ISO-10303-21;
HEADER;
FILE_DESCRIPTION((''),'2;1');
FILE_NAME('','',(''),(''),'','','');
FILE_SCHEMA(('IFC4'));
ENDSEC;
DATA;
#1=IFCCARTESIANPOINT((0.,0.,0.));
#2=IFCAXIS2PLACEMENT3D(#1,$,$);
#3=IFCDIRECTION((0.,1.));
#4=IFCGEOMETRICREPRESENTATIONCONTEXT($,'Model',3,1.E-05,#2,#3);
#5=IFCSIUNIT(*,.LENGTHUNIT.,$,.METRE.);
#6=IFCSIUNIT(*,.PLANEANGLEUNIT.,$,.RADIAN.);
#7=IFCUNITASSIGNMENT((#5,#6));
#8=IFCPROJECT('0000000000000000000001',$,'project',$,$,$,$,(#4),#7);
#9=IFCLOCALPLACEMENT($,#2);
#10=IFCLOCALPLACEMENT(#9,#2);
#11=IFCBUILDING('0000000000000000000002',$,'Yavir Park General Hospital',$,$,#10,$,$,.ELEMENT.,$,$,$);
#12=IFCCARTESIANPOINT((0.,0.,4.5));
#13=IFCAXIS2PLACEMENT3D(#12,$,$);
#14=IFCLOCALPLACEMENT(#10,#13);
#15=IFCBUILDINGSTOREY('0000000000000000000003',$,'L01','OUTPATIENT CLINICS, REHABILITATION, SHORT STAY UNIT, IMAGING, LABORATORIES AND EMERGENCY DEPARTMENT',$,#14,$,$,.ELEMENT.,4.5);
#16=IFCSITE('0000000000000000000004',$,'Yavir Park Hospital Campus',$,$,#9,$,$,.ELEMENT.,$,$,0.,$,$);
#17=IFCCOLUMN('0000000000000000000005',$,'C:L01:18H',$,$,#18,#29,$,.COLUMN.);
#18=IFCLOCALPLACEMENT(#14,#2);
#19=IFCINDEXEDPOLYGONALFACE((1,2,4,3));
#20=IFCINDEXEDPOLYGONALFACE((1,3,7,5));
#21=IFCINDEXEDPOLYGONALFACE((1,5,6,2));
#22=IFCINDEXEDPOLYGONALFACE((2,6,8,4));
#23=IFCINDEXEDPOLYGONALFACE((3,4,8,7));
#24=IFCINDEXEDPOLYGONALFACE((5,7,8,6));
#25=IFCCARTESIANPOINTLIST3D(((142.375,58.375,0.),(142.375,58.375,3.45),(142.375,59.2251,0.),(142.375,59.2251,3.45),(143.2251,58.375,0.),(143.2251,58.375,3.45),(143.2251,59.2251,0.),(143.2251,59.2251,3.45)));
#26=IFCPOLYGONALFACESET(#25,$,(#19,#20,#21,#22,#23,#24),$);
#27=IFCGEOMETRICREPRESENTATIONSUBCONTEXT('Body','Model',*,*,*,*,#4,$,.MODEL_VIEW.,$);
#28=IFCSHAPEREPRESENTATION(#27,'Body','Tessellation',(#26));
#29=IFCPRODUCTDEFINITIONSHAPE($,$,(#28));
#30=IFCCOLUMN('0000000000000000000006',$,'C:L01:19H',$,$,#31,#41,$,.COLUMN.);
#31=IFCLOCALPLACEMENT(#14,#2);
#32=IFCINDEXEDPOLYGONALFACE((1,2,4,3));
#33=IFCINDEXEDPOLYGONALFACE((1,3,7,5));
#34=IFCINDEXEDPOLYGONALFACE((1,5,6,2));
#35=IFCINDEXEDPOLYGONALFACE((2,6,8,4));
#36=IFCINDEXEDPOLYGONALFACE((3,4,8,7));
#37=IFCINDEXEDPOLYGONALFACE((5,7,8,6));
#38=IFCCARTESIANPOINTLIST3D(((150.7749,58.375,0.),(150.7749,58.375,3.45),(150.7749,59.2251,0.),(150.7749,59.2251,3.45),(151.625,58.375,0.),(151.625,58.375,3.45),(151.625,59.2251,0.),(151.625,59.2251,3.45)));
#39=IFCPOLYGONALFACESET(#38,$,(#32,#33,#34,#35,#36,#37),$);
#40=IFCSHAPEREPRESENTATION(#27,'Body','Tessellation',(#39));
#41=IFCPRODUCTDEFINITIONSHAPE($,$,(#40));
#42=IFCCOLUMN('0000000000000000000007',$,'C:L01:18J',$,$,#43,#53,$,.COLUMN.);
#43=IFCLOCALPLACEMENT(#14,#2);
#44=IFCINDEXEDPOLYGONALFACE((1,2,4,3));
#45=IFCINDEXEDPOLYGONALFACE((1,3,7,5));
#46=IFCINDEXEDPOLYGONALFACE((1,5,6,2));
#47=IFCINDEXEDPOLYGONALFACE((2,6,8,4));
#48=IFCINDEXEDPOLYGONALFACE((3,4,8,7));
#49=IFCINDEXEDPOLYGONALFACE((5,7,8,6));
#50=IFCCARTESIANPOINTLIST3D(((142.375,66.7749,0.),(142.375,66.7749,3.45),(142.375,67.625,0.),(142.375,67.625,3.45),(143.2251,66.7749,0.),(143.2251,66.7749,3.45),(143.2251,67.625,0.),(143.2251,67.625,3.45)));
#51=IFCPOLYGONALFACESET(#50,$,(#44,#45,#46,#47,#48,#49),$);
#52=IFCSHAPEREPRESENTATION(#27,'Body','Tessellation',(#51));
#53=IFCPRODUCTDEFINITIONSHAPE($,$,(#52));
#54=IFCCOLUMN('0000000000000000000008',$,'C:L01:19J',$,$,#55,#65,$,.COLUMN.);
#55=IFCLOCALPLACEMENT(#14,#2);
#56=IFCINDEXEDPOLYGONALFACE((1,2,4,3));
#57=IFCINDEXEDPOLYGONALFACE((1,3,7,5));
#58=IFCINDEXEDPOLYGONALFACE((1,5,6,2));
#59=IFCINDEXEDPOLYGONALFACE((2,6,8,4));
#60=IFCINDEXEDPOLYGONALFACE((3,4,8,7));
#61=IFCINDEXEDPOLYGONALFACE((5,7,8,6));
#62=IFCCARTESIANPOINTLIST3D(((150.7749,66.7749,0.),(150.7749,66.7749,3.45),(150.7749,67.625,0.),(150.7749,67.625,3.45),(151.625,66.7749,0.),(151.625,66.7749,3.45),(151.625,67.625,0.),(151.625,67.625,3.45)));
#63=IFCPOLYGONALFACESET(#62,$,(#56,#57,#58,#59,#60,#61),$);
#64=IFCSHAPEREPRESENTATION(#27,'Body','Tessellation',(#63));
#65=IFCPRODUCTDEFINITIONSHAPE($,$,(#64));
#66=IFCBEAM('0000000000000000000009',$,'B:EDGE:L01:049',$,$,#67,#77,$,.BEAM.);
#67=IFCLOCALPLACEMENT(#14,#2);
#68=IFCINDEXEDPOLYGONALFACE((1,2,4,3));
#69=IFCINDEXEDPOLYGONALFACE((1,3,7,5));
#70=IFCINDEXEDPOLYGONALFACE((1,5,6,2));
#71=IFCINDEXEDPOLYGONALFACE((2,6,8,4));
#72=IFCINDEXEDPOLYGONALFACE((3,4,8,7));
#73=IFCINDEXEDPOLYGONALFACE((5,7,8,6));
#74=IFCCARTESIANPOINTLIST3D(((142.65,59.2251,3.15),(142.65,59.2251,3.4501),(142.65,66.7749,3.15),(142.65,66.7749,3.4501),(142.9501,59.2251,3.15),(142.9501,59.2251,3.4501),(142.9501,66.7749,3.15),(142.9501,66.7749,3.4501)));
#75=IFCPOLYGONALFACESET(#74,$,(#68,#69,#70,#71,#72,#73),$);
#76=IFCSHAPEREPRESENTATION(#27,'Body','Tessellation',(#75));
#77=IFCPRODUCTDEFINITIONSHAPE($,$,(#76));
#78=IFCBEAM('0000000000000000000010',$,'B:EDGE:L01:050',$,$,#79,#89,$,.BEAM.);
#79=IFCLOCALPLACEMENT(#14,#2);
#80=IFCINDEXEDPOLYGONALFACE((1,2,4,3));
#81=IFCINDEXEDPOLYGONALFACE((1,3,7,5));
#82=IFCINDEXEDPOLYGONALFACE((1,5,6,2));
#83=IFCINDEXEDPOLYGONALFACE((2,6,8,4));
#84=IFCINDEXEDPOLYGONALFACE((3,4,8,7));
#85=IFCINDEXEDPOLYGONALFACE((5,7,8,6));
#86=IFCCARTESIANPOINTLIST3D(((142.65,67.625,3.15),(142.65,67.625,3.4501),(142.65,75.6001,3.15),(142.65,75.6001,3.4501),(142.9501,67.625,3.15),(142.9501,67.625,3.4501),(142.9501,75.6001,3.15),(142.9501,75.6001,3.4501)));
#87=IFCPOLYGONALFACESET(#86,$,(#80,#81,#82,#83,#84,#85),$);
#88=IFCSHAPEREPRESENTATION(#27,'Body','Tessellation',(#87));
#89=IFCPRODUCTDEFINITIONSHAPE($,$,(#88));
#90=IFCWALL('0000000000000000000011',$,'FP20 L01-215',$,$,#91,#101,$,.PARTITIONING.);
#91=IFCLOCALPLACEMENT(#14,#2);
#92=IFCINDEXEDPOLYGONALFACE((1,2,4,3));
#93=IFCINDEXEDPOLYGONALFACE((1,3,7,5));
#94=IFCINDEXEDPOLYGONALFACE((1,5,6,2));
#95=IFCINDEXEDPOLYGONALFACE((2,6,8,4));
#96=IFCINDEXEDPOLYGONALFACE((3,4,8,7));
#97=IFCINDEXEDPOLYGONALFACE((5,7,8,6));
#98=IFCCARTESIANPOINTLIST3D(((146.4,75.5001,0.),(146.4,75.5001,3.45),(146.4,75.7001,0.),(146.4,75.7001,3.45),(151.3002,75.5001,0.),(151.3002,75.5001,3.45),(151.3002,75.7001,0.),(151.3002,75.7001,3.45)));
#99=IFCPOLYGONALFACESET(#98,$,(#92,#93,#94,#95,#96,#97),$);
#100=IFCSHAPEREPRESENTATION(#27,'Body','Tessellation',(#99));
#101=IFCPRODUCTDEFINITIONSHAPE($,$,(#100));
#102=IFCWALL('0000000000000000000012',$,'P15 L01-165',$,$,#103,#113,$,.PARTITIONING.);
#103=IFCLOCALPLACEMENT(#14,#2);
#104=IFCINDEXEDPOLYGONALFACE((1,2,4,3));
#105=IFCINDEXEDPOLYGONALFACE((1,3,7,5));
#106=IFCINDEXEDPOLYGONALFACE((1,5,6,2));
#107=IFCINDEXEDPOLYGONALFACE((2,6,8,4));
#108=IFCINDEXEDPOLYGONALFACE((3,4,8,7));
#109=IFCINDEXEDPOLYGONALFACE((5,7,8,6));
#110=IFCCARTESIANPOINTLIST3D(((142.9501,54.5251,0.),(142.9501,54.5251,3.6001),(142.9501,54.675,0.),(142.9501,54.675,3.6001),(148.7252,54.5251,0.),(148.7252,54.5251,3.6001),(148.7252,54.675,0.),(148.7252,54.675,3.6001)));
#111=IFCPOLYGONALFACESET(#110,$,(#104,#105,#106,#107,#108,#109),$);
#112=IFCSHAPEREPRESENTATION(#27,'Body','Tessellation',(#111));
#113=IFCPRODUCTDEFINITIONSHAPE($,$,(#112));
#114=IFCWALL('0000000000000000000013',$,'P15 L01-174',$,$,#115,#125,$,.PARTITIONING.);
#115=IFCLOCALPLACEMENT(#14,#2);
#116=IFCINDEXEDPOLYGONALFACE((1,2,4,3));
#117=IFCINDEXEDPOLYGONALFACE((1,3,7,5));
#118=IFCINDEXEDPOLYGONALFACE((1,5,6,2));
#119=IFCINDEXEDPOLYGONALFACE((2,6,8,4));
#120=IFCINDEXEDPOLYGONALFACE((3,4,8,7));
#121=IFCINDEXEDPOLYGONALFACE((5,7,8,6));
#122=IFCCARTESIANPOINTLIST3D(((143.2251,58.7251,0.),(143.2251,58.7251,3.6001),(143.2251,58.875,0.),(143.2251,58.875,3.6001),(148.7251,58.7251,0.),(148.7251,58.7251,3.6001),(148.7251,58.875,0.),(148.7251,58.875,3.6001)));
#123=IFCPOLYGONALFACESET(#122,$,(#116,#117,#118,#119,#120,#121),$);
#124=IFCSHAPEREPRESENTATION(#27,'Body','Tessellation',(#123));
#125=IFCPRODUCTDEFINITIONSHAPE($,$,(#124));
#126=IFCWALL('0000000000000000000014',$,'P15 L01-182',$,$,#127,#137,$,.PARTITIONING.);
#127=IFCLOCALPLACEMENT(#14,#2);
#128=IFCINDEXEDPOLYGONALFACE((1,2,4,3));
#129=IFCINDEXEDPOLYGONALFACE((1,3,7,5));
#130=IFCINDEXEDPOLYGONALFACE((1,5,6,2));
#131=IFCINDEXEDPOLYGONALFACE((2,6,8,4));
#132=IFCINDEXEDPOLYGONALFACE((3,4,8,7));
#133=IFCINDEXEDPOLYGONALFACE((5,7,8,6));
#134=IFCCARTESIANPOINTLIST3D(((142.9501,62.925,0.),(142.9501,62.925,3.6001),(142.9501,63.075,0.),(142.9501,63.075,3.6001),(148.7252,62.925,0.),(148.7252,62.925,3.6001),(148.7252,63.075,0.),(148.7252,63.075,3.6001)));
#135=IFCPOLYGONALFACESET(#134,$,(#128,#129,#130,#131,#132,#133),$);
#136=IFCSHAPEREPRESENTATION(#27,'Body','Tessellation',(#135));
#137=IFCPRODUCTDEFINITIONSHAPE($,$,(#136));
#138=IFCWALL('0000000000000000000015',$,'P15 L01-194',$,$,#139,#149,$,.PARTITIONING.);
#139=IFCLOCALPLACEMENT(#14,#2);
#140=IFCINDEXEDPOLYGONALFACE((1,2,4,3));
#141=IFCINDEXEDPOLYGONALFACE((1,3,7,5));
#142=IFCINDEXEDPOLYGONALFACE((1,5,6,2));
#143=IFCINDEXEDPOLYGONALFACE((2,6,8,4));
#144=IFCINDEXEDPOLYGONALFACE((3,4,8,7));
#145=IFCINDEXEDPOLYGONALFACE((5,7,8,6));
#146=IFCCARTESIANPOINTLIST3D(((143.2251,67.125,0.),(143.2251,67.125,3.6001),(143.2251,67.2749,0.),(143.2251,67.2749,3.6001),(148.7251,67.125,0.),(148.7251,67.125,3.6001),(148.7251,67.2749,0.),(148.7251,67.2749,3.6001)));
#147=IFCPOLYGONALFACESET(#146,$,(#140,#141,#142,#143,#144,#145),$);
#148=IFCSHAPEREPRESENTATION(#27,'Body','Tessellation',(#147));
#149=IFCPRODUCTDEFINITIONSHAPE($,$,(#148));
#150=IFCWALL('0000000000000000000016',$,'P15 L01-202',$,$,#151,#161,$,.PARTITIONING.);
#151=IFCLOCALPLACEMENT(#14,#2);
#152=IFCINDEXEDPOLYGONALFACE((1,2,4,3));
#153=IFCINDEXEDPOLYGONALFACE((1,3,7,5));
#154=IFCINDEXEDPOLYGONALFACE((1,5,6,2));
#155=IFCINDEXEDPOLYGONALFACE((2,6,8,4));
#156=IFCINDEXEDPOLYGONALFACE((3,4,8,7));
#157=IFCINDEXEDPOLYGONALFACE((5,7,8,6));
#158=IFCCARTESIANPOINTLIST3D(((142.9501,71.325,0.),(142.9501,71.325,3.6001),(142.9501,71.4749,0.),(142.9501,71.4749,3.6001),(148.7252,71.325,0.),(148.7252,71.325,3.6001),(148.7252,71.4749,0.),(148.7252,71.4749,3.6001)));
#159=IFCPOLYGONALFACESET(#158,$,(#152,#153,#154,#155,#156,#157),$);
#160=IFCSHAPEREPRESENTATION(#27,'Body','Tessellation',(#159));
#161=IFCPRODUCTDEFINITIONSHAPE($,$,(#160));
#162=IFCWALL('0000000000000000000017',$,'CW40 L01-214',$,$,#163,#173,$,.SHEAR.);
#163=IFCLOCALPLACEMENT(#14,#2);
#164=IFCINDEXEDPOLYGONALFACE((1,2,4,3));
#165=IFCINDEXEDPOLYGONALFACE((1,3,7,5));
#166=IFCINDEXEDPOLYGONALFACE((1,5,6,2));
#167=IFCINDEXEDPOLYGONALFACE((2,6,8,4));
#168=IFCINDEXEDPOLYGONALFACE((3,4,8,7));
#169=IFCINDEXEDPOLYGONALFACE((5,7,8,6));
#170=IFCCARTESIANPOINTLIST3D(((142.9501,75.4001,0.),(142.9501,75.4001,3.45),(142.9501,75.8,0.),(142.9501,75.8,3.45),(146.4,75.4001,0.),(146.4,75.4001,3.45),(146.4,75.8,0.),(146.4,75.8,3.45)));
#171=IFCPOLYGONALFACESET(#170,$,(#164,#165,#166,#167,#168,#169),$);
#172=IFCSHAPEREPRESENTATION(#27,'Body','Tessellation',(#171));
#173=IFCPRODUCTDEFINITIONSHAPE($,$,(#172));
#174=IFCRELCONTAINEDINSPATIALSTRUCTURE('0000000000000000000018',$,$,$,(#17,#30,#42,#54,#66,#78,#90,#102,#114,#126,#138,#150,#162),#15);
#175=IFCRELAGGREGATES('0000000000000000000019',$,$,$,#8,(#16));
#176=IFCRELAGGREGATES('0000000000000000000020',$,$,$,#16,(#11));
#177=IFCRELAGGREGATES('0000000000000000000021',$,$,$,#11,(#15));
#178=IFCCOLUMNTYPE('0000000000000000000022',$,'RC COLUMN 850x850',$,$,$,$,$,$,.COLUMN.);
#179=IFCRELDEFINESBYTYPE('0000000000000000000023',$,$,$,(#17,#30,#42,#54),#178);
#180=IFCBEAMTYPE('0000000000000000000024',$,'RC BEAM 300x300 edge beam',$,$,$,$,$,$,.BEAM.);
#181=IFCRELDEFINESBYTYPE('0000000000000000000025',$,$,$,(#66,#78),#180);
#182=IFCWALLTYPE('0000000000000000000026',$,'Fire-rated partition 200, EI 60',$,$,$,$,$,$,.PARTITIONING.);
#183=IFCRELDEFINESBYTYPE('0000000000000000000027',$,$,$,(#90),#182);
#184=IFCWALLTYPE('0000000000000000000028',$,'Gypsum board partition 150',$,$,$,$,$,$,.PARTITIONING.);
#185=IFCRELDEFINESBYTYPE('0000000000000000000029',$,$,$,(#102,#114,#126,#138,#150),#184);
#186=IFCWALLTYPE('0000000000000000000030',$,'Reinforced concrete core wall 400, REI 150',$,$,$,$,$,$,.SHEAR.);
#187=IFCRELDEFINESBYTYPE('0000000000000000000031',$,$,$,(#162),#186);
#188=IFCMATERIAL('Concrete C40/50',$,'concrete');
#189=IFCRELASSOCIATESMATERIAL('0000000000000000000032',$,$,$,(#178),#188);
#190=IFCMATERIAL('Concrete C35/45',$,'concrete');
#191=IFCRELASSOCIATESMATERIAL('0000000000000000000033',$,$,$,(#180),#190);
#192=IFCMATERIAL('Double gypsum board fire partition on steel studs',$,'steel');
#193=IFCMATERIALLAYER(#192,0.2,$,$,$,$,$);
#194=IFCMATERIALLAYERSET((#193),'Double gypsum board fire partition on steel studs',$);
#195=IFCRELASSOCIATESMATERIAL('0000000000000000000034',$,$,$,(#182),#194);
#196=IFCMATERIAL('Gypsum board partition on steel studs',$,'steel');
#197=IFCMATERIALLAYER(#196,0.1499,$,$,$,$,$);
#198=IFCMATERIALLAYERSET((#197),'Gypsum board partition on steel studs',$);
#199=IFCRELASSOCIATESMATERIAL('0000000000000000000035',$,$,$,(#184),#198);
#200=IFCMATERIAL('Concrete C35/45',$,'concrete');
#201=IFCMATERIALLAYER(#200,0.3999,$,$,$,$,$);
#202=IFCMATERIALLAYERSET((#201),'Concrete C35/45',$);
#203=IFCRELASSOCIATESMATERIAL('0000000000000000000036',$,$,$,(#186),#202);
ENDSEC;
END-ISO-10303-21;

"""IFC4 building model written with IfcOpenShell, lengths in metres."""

from ifc_helpers import new_model, si_unit, direction, frame, frame_2d, origin, origin_2d, place, context, subcontext, project, spatial, rectangle, extrude, material, layer, layer_set, material_profile, profile_set, type_object, element, save


model = new_model("IFC4")

# Units and contexts
model_context = context("Model", 3, precision=1e-05, world=origin(), true_north=direction((0.0, 1.0)))
body_context = subcontext(model_context, "Body", "Model", "MODEL_VIEW")
ifc_project = project(units=[si_unit("LENGTHUNIT", "METRE"), si_unit("PLANEANGLEUNIT", "RADIAN")], contexts=[model_context])

# Site, building, storey
site_placement = place(None, origin())
site = spatial("IfcSite", under=ifc_project, at=site_placement, Name="Yavir Park Hospital Campus", CompositionType="ELEMENT", RefElevation=0.0)
building_placement = place(site_placement, origin())
building = spatial("IfcBuilding", under=site, at=building_placement, Name="Yavir Park General Hospital", CompositionType="ELEMENT")
storey_placement = place(building_placement, frame((0.0, 0.0, 4.5)))
storey = spatial("IfcBuildingStorey", under=building, at=storey_placement, Name="L01", Description="OUTPATIENT CLINICS, REHABILITATION, SHORT STAY UNIT, IMAGING, LABORATORIES AND EMERGENCY DEPARTMENT", CompositionType="ELEMENT", Elevation=4.5)

# Columns
ifc_material_1 = material(Name="Concrete C40/50", Category="concrete")
ifc_material_profile_1 = material_profile(ifc_material_1, rectangle(XDim=0.8501, YDim=0.8501, at=origin_2d()), Name="RC850x850")
ifc_profile_set_1 = profile_set([ifc_material_profile_1], Name="Concrete C40/50")
column_type = type_object("IfcColumnType", Name="RC COLUMN 850x850", PredefinedType="COLUMN", material=ifc_profile_set_1)
for number, where, z_axis, x_axis, name in (
    (1, (142.8, 58.8, 0.0), (0.0, 0.0, 1.0), (1.0, 0.0, 0.0), "C:L01:18H"),
    (2, (151.2, 58.8, 0.0), (0.0, 0.0, 1.0), (1.0, 0.0, 0.0), "C:L01:19H"),
    (3, (142.8, 67.2, 0.0), (0.0, 0.0, 1.0), (1.0, 0.0, 0.0), "C:L01:18J"),
    (4, (151.2, 67.2, 0.0), (0.0, 0.0, 1.0), (1.0, 0.0, 0.0), "C:L01:19J"),
):
    element("IfcColumn", number, at=place(storey_placement, frame(where, z_axis=z_axis, x_axis=x_axis)), inside=storey, type_object=column_type, Name=name, PredefinedType="COLUMN", context=body_context, shape_type="SweptSolid", body=[
        extrude(rectangle(XDim=0.8501, YDim=0.8501, at=origin_2d()), origin(), (0.0, 0.0, 1.0), 3.45),
    ])

# Beams
ifc_material_2 = material(Name="Concrete C35/45", Category="concrete")
ifc_material_profile_2 = material_profile(ifc_material_2, rectangle(XDim=0.3, YDim=0.3, at=origin_2d()), Name="RC300x300")
ifc_profile_set_2 = profile_set([ifc_material_profile_2], Name="Concrete C35/45")
beam_type = type_object("IfcBeamType", Name="RC BEAM 300x300 edge beam", PredefinedType="BEAM", material=ifc_profile_set_2)
beam_1_placement = place(storey_placement, frame((142.8, 59.2251, 3.3), z_axis=(0.0, 1.0, 0.0), x_axis=(-1.0, 0.0, 0.0)))
element("IfcBeam", 5, at=beam_1_placement, inside=storey, type_object=beam_type, Name="B:EDGE:L01:049", PredefinedType="BEAM", context=body_context, shape_type="SweptSolid", body=[
    extrude(rectangle(XDim=0.3, YDim=0.3, at=origin_2d()), origin(), (0.0, 0.0, 1.0), 7.5498),
])
beam_2_placement = place(storey_placement, frame((142.8, 67.625, 3.3), z_axis=(0.0, 1.0, 0.0), x_axis=(-1.0, 0.0, 0.0)))
element("IfcBeam", 6, at=beam_2_placement, inside=storey, type_object=beam_type, Name="B:EDGE:L01:050", PredefinedType="BEAM", context=body_context, shape_type="SweptSolid", body=[
    extrude(rectangle(XDim=0.3, YDim=0.3, at=origin_2d()), origin(), (0.0, 0.0, 1.0), 7.9751),
])

# Walls
ifc_material_3 = material(Name="Double gypsum board fire partition on steel studs", Category="steel")
ifc_layer_1 = layer(ifc_material_3, 0.2)
ifc_layer_set_1 = layer_set([ifc_layer_1], Name="Double gypsum board fire partition on steel studs")
wall_type_1 = type_object("IfcWallType", Name="Fire-rated partition 200, EI 60", PredefinedType="PARTITIONING", material=ifc_layer_set_1)
wall_1_placement = place(storey_placement, frame((146.3999, 75.6001, 0.0), z_axis=(0.0, 0.0, 1.0), x_axis=(1.0, 0.0, 0.0)))
element("IfcWall", 7, at=wall_1_placement, inside=storey, type_object=wall_type_1, Name="FP20 L01-215", PredefinedType="PARTITIONING", context=body_context, shape_type="SweptSolid", body=[
    extrude(rectangle(XDim=4.9001, YDim=0.2, at=frame_2d((2.4502, 0.0))), origin(), (0.0, 0.0, 1.0), 3.45),
])
ifc_material_4 = material(Name="Gypsum board partition on steel studs", Category="steel")
ifc_layer_2 = layer(ifc_material_4, 0.1499)
ifc_layer_set_2 = layer_set([ifc_layer_2], Name="Gypsum board partition on steel studs")
wall_type_2 = type_object("IfcWallType", Name="Gypsum board partition 150", PredefinedType="PARTITIONING", material=ifc_layer_set_2)
wall_2_placement = place(storey_placement, frame((142.95, 54.6001, 0.0), z_axis=(0.0, 0.0, 1.0), x_axis=(1.0, 0.0, 0.0)))
element("IfcWall", 8, at=wall_2_placement, inside=storey, type_object=wall_type_2, Name="P15 L01-165", PredefinedType="PARTITIONING", context=body_context, shape_type="SweptSolid", body=[
    extrude(rectangle(XDim=5.7751, YDim=0.1499, at=frame_2d((2.8877, 0.0))), origin(), (0.0, 0.0, 1.0), 3.6001),
])
wall_3_placement = place(storey_placement, frame((143.2251, 58.8, 0.0), z_axis=(0.0, 0.0, 1.0), x_axis=(1.0, 0.0, 0.0)))
element("IfcWall", 9, at=wall_3_placement, inside=storey, type_object=wall_type_2, Name="P15 L01-174", PredefinedType="PARTITIONING", context=body_context, shape_type="SweptSolid", body=[
    extrude(rectangle(XDim=5.5, YDim=0.1499, at=frame_2d((2.75, 0.0))), origin(), (0.0, 0.0, 1.0), 3.6001),
])
wall_4_placement = place(storey_placement, frame((142.95, 63.0, 0.0), z_axis=(0.0, 0.0, 1.0), x_axis=(1.0, 0.0, 0.0)))
element("IfcWall", 10, at=wall_4_placement, inside=storey, type_object=wall_type_2, Name="P15 L01-182", PredefinedType="PARTITIONING", context=body_context, shape_type="SweptSolid", body=[
    extrude(rectangle(XDim=5.7751, YDim=0.1499, at=frame_2d((2.8877, 0.0))), origin(), (0.0, 0.0, 1.0), 3.6001),
])
wall_5_placement = place(storey_placement, frame((143.2251, 67.2, 0.0), z_axis=(0.0, 0.0, 1.0), x_axis=(1.0, 0.0, 0.0)))
element("IfcWall", 11, at=wall_5_placement, inside=storey, type_object=wall_type_2, Name="P15 L01-194", PredefinedType="PARTITIONING", context=body_context, shape_type="SweptSolid", body=[
    extrude(rectangle(XDim=5.5, YDim=0.1499, at=frame_2d((2.75, 0.0))), origin(), (0.0, 0.0, 1.0), 3.6001),
])
wall_6_placement = place(storey_placement, frame((142.95, 71.3999, 0.0), z_axis=(0.0, 0.0, 1.0), x_axis=(1.0, 0.0, 0.0)))
element("IfcWall", 12, at=wall_6_placement, inside=storey, type_object=wall_type_2, Name="P15 L01-202", PredefinedType="PARTITIONING", context=body_context, shape_type="SweptSolid", body=[
    extrude(rectangle(XDim=5.7751, YDim=0.1499, at=frame_2d((2.8877, 0.0))), origin(), (0.0, 0.0, 1.0), 3.6001),
])
ifc_material_5 = material(Name="Concrete C35/45", Category="concrete")
ifc_layer_3 = layer(ifc_material_5, 0.3999)
ifc_layer_set_3 = layer_set([ifc_layer_3], Name="Concrete C35/45")
wall_type_3 = type_object("IfcWallType", Name="Reinforced concrete core wall 400, REI 150", PredefinedType="SHEAR", material=ifc_layer_set_3)
wall_7_placement = place(storey_placement, frame((142.95, 75.6001, 0.0), z_axis=(0.0, 0.0, 1.0), x_axis=(1.0, 0.0, 0.0)))
element("IfcWall", 13, at=wall_7_placement, inside=storey, type_object=wall_type_3, Name="CW40 L01-214", PredefinedType="SHEAR", context=body_context, shape_type="SweptSolid", body=[
    extrude(rectangle(XDim=3.45, YDim=0.3999, at=frame_2d((1.7251, 0.0))), origin(), (0.0, 0.0, 1.0), 3.45),
])

save(model, "model.ifc")
